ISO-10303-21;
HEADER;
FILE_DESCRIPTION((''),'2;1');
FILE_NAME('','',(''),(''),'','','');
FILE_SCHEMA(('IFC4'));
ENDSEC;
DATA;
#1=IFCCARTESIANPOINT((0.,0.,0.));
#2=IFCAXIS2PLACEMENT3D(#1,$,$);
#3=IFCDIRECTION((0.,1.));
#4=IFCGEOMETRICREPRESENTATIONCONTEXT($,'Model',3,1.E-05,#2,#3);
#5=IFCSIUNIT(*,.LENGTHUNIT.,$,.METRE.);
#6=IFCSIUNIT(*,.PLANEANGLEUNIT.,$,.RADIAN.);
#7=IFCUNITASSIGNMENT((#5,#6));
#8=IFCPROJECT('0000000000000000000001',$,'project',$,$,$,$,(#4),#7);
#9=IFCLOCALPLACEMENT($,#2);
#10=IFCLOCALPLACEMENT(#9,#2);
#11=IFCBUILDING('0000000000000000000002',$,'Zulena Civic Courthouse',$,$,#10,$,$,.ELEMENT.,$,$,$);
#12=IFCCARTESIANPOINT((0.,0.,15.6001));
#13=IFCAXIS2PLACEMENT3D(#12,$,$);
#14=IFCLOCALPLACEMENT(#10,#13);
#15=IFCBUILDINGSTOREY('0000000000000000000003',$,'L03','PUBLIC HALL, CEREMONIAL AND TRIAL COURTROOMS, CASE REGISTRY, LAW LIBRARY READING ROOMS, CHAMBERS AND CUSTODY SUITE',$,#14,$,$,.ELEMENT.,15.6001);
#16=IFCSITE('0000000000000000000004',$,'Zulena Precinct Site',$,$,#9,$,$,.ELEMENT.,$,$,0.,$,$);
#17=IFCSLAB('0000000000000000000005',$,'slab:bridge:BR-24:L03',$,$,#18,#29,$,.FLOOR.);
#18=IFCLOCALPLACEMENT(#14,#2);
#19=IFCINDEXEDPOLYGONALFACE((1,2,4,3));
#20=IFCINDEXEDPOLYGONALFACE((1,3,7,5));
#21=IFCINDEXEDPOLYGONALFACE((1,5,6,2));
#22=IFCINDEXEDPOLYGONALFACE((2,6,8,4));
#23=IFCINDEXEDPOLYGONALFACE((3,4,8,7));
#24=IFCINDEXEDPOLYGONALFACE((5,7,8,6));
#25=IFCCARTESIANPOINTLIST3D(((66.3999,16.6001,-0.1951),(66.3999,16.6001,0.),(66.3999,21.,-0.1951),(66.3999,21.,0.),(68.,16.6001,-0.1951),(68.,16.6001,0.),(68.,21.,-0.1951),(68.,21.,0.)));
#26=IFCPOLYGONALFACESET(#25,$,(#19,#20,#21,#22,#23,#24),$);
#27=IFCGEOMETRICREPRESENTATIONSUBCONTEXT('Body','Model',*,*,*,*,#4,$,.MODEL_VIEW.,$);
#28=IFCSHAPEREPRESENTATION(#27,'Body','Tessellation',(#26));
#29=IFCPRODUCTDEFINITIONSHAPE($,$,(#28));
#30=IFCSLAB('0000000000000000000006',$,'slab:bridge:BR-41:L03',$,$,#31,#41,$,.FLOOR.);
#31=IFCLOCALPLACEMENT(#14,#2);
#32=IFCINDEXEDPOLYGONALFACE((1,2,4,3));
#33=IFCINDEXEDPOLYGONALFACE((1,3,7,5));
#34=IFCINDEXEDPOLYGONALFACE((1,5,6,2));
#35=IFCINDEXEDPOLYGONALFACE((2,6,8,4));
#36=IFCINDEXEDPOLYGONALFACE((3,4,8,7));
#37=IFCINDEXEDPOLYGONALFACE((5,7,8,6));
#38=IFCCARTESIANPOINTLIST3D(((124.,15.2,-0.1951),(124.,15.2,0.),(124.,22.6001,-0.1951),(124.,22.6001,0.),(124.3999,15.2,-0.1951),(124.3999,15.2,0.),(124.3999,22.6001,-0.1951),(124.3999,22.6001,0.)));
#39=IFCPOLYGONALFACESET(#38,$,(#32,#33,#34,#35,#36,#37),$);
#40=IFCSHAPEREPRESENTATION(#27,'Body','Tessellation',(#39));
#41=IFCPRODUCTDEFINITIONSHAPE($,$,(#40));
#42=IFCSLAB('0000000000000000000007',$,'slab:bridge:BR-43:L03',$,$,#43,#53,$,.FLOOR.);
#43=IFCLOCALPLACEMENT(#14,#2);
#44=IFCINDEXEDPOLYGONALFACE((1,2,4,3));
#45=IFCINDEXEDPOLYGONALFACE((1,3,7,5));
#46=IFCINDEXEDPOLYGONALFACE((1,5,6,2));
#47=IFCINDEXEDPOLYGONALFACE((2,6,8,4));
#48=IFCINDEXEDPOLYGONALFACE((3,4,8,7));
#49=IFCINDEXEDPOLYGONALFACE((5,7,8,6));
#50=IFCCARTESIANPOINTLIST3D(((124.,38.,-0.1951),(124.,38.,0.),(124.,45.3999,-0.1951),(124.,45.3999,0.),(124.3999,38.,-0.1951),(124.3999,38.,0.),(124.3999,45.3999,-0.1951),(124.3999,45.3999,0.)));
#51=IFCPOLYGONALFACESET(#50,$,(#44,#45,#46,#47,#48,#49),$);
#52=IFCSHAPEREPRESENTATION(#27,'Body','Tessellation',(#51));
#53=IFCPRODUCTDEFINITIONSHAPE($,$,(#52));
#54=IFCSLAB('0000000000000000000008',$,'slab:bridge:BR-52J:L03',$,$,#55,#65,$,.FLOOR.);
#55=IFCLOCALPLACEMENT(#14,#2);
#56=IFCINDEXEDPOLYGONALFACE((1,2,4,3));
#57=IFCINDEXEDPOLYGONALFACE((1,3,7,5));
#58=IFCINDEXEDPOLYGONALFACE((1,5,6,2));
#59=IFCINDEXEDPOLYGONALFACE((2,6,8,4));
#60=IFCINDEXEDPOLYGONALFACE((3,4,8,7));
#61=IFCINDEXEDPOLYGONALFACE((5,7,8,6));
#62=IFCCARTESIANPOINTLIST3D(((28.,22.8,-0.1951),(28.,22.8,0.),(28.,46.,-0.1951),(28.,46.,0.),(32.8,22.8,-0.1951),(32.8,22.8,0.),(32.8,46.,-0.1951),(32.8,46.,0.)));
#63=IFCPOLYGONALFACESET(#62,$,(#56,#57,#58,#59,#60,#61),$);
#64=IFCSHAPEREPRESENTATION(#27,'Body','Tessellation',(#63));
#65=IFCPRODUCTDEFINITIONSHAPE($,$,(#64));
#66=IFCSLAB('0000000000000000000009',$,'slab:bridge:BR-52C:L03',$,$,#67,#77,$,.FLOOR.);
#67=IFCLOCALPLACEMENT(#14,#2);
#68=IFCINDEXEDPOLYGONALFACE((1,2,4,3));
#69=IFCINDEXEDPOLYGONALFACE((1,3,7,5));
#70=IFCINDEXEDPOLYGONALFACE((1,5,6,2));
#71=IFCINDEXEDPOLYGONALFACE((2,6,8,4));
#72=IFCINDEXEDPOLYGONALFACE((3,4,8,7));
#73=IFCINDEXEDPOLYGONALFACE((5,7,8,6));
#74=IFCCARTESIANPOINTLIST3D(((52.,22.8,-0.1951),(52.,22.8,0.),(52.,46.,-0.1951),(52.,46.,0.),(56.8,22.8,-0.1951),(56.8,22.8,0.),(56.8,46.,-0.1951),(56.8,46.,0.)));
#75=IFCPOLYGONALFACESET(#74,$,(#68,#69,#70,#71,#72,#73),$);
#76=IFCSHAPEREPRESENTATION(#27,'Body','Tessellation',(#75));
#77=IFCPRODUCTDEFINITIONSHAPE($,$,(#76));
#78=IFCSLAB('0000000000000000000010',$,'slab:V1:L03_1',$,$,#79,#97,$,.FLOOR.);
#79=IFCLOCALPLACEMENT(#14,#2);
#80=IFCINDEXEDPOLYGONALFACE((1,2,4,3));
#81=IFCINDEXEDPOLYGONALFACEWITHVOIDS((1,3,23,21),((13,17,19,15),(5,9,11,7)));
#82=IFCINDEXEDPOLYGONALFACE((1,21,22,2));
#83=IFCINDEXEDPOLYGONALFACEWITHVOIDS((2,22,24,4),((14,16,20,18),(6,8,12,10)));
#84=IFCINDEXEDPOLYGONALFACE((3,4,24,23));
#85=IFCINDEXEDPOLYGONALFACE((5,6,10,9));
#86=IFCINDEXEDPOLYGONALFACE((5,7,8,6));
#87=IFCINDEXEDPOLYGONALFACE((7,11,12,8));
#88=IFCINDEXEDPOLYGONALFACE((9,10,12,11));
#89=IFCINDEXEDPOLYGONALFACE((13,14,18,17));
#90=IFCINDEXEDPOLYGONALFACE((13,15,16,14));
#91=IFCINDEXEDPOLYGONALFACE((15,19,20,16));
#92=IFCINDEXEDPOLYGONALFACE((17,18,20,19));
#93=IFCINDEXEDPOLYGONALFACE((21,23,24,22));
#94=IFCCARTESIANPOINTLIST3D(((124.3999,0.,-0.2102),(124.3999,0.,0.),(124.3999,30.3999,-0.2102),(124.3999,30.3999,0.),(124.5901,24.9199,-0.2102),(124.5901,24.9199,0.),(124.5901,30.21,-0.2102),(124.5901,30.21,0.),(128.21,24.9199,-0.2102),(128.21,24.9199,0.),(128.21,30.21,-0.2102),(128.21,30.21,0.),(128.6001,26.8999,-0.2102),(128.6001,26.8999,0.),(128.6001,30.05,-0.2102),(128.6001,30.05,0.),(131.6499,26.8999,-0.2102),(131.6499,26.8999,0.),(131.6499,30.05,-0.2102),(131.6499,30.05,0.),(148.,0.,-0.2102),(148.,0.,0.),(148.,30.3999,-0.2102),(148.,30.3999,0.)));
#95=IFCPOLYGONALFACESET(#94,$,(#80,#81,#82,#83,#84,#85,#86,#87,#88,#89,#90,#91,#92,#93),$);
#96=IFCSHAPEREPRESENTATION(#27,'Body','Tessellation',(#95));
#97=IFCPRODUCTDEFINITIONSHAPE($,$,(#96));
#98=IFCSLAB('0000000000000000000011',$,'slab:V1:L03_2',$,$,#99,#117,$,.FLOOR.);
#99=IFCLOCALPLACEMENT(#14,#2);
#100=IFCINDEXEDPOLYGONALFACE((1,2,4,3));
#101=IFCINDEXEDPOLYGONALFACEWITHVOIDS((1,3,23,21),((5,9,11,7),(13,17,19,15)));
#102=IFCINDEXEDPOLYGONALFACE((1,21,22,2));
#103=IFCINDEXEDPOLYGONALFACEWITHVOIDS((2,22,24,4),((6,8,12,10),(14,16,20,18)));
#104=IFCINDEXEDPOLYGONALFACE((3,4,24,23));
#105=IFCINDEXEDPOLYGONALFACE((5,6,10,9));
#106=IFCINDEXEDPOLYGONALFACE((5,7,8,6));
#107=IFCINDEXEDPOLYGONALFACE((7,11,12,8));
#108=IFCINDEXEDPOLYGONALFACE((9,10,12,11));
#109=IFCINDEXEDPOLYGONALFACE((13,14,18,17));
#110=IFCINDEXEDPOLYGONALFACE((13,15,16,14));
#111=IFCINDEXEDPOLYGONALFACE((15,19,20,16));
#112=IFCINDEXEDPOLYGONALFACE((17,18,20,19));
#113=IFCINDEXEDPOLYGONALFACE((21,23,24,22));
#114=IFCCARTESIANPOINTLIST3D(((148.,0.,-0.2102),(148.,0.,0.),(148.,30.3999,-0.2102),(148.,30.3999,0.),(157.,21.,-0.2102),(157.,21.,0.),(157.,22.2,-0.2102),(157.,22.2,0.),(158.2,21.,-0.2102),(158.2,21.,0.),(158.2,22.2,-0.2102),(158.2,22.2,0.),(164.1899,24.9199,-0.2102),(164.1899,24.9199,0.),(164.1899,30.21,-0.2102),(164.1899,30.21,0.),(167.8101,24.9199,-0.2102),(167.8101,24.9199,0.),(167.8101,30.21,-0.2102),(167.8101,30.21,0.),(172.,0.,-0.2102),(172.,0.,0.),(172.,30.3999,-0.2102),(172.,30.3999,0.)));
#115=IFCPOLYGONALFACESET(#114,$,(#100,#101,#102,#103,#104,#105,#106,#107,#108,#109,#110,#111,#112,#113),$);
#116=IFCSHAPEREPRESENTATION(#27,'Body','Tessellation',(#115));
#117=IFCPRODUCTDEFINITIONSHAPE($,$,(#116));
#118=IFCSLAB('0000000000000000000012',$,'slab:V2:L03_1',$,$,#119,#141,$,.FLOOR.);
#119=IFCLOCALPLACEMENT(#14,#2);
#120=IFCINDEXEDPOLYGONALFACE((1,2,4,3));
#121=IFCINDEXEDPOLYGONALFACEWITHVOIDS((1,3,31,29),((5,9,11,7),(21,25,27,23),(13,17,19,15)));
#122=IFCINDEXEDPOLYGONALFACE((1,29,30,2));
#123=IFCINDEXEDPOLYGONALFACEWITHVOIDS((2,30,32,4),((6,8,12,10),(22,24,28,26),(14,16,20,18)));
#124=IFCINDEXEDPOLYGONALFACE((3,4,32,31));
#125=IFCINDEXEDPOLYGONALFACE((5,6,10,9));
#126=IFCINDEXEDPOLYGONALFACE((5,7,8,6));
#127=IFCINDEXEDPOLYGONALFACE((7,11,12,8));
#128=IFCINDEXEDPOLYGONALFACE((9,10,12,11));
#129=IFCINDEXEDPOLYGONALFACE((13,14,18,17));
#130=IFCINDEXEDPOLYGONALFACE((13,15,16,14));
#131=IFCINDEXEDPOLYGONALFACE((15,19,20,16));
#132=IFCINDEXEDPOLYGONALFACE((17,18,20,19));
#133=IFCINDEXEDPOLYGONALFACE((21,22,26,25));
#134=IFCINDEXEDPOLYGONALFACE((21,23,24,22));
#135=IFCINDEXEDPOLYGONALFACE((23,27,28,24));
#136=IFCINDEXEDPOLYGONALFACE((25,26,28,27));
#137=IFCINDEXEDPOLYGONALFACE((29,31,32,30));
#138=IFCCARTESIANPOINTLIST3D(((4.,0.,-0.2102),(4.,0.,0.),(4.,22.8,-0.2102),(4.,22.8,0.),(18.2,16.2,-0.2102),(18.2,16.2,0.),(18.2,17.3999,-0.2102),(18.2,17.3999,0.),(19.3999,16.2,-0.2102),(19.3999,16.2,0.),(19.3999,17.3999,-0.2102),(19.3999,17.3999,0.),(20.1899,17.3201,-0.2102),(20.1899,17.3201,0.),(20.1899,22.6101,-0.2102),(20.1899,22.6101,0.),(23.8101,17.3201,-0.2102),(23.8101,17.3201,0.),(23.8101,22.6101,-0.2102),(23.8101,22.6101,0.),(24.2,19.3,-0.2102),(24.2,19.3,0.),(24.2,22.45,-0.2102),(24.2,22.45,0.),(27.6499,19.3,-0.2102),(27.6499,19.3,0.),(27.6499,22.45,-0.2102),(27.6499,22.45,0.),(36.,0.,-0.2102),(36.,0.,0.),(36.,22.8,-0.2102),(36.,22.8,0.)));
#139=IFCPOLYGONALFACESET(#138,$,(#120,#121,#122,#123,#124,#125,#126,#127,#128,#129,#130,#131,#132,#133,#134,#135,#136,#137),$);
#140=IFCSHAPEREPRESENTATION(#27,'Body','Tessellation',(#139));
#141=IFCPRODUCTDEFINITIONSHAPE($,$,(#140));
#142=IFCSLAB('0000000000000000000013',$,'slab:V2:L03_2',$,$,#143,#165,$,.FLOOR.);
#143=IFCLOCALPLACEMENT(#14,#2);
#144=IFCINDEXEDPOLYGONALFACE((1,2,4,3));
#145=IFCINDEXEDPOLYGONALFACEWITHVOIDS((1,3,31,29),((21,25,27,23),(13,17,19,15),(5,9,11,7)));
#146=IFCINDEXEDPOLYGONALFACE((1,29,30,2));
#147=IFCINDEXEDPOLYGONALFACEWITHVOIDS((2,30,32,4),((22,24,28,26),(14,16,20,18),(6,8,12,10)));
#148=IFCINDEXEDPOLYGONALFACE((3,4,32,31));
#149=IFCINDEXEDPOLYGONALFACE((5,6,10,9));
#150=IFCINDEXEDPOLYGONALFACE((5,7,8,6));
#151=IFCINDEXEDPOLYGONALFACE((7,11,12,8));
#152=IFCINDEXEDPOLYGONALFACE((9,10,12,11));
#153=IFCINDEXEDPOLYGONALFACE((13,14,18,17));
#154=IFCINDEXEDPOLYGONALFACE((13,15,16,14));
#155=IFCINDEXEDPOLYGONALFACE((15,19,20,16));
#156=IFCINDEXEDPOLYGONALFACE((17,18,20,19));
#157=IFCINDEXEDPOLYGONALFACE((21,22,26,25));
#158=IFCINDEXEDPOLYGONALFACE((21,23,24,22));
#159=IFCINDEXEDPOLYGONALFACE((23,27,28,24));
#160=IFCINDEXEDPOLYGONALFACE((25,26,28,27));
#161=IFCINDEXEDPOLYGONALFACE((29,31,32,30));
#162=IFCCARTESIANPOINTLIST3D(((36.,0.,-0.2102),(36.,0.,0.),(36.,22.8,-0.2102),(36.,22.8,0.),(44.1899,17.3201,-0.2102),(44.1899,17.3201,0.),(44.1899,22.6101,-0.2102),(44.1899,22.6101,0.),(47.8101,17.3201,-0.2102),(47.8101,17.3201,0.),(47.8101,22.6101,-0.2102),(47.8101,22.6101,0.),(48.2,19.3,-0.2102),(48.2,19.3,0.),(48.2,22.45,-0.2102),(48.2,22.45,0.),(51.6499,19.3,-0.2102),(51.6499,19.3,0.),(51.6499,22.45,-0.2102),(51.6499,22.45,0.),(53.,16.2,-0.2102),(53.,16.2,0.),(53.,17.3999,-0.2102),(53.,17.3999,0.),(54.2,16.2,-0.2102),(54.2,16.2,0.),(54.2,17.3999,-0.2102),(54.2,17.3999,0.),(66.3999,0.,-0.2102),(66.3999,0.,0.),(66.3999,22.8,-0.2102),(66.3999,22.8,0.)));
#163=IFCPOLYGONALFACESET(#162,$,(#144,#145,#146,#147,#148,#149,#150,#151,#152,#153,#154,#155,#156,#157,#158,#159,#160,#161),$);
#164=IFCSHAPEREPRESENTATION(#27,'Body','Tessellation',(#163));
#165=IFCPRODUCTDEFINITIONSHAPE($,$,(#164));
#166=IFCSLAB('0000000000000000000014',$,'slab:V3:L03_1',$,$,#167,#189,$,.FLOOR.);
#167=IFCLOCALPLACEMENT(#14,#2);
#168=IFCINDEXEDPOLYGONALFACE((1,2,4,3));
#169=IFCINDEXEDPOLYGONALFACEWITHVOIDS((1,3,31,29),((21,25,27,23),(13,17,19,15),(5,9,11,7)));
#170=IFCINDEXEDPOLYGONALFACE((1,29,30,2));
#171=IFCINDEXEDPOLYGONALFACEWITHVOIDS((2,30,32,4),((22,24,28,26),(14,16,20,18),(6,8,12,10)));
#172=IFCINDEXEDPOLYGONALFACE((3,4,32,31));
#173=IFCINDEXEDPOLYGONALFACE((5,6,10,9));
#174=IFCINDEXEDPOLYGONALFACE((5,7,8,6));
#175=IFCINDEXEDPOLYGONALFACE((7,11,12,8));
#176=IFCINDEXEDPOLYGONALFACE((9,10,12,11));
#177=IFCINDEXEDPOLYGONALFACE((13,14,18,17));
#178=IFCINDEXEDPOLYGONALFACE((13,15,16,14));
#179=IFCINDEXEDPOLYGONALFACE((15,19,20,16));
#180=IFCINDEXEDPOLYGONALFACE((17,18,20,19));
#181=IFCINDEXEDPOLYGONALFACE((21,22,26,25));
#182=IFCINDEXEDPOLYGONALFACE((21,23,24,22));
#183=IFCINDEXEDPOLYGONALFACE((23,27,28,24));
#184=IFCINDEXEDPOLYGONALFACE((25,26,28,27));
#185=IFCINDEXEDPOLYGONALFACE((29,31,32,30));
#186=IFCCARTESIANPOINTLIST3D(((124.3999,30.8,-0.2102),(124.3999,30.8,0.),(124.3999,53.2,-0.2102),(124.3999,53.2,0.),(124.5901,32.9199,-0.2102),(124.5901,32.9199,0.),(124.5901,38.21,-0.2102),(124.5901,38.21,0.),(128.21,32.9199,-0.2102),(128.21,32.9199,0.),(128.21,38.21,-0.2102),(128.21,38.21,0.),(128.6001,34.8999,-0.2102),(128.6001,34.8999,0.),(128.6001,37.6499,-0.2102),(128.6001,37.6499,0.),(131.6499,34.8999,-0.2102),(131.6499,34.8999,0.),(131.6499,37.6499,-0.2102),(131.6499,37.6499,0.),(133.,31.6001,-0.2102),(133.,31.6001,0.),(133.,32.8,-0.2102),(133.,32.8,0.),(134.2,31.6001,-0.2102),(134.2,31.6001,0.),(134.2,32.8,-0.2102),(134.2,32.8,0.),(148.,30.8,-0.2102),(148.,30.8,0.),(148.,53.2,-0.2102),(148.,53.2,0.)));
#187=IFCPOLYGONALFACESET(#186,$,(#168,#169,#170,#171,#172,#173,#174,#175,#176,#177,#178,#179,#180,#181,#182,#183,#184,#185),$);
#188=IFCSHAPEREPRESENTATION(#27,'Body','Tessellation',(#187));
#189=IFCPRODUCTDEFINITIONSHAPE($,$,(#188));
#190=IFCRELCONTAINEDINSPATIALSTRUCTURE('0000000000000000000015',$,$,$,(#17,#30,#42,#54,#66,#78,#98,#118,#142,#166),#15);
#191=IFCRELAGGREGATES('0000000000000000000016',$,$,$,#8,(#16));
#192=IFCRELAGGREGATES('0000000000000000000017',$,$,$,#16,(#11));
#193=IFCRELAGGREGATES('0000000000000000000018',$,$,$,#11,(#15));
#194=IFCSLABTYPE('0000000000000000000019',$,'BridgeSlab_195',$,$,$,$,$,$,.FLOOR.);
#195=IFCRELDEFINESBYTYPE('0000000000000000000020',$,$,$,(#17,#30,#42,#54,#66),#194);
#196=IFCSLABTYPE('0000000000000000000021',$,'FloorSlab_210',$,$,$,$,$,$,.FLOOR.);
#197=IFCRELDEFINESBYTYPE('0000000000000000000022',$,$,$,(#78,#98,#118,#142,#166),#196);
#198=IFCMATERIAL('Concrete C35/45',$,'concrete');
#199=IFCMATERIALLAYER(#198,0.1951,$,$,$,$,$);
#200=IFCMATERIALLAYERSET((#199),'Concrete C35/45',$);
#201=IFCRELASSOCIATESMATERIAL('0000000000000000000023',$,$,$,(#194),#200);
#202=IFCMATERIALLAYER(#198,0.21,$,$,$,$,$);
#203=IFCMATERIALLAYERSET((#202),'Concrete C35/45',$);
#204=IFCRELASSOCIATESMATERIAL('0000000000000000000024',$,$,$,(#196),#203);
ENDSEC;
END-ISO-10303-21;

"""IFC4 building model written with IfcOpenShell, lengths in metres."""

from ifc_helpers import new_model, si_unit, direction, frame, origin, place, context, subcontext, project, spatial, polyline, outline, extrude, material, layer, layer_set, type_object, element, save


model = new_model("IFC4")

# Units and contexts
model_context = context("Model", 3, precision=1e-05, world=origin(), true_north=direction((0.0, 1.0)))
body_context = subcontext(model_context, "Body", "Model", "MODEL_VIEW")
ifc_project = project(units=[si_unit("LENGTHUNIT", "METRE"), si_unit("PLANEANGLEUNIT", "RADIAN")], contexts=[model_context])

# Site, building, storey
site_placement = place(None, origin())
site = spatial("IfcSite", under=ifc_project, at=site_placement, Name="Zulena Precinct Site", CompositionType="ELEMENT", RefElevation=0.0)
building_placement = place(site_placement, origin())
building = spatial("IfcBuilding", under=site, at=building_placement, Name="Zulena Civic Courthouse", CompositionType="ELEMENT")
storey_placement = place(building_placement, frame((0.0, 0.0, 15.6001)))
storey = spatial("IfcBuildingStorey", under=building, at=storey_placement, Name="L03", Description="PUBLIC HALL, CEREMONIAL AND TRIAL COURTROOMS, CASE REGISTRY, LAW LIBRARY READING ROOMS, CHAMBERS AND CUSTODY SUITE", CompositionType="ELEMENT", Elevation=15.6001)

# Slabs
ifc_material_1 = material(Name="Concrete C35/45", Category="concrete")
ifc_layer_1 = layer(ifc_material_1, 0.1951)
ifc_layer_set_1 = layer_set([ifc_layer_1], Name="Concrete C35/45")
slab_type_1 = type_object("IfcSlabType", Name="BridgeSlab_195", PredefinedType="FLOOR", material=ifc_layer_set_1)
slab_1_placement = place(storey_placement, frame((0.0, 0.0, -0.1951)))
element("IfcSlab", 1, at=slab_1_placement, inside=storey, type_object=slab_type_1, Name="slab:bridge:BR-24:L03", PredefinedType="FLOOR", context=body_context, shape_type="SweptSolid", body=[
    extrude(outline(polyline([(66.3999, 16.6001), (68.0, 16.6001), (68.0, 21.0), (66.3999, 21.0), (66.3999, 16.6001)])), origin(), (0.0, 0.0, 1.0), 0.1951),
])
slab_2_placement = place(storey_placement, frame((0.0, 0.0, -0.1951)))
element("IfcSlab", 2, at=slab_2_placement, inside=storey, type_object=slab_type_1, Name="slab:bridge:BR-41:L03", PredefinedType="FLOOR", context=body_context, shape_type="SweptSolid", body=[
    extrude(outline(polyline([(124.0, 15.2), (124.3999, 15.2), (124.3999, 22.6001), (124.0, 22.6001), (124.0, 15.2)])), origin(), (0.0, 0.0, 1.0), 0.1951),
])
slab_3_placement = place(storey_placement, frame((0.0, 0.0, -0.1951)))
element("IfcSlab", 3, at=slab_3_placement, inside=storey, type_object=slab_type_1, Name="slab:bridge:BR-43:L03", PredefinedType="FLOOR", context=body_context, shape_type="SweptSolid", body=[
    extrude(outline(polyline([(124.0, 38.0), (124.3999, 38.0), (124.3999, 45.3999), (124.0, 45.3999), (124.0, 38.0)])), origin(), (0.0, 0.0, 1.0), 0.1951),
])
slab_4_placement = place(storey_placement, frame((0.0, 0.0, -0.1951)))
element("IfcSlab", 4, at=slab_4_placement, inside=storey, type_object=slab_type_1, Name="slab:bridge:BR-52J:L03", PredefinedType="FLOOR", context=body_context, shape_type="SweptSolid", body=[
    extrude(outline(polyline([(28.0, 22.8), (32.8, 22.8), (32.8, 46.0), (28.0, 46.0), (28.0, 22.8)])), origin(), (0.0, 0.0, 1.0), 0.1951),
])
slab_5_placement = place(storey_placement, frame((0.0, 0.0, -0.1951)))
element("IfcSlab", 5, at=slab_5_placement, inside=storey, type_object=slab_type_1, Name="slab:bridge:BR-52C:L03", PredefinedType="FLOOR", context=body_context, shape_type="SweptSolid", body=[
    extrude(outline(polyline([(52.0, 22.8), (56.8, 22.8), (56.8, 46.0), (52.0, 46.0), (52.0, 22.8)])), origin(), (0.0, 0.0, 1.0), 0.1951),
])
ifc_layer_2 = layer(ifc_material_1, 0.21)
ifc_layer_set_2 = layer_set([ifc_layer_2], Name="Concrete C35/45")
slab_type_2 = type_object("IfcSlabType", Name="FloorSlab_210", PredefinedType="FLOOR", material=ifc_layer_set_2)
slab_6_placement = place(storey_placement, frame((0.0, 0.0, -0.2102)))
element("IfcSlab", 6, at=slab_6_placement, inside=storey, type_object=slab_type_2, Name="slab:V1:L03_1", PredefinedType="FLOOR", context=body_context, shape_type="SweptSolid", body=[
    extrude(outline(polyline([(124.3999, 30.3999), (148.0, 30.3999), (148.0, 0.0), (124.3999, 0.0), (124.3999, 30.3999)]), holes=[polyline([(128.21, 24.9199), (128.21, 30.21), (124.5901, 30.21), (124.5901, 24.9199), (128.21, 24.9199)]), polyline([(128.6001, 26.8999), (131.6499, 26.8999), (131.6499, 30.05), (128.6001, 30.05), (128.6001, 26.8999)])]), origin(), (0.0, 0.0, 1.0), 0.2102),
])
slab_7_placement = place(storey_placement, frame((0.0, 0.0, -0.2102)))
element("IfcSlab", 7, at=slab_7_placement, inside=storey, type_object=slab_type_2, Name="slab:V1:L03_2", PredefinedType="FLOOR", context=body_context, shape_type="SweptSolid", body=[
    extrude(outline(polyline([(172.0, 30.3999), (172.0, 0.0), (148.0, 0.0), (148.0, 30.3999), (172.0, 30.3999)]), holes=[polyline([(164.1899, 30.21), (164.1899, 24.9199), (167.8101, 24.9199), (167.8101, 30.21), (164.1899, 30.21)]), polyline([(158.2, 22.2), (157.0, 22.2), (157.0, 21.0), (158.2, 21.0), (158.2, 22.2)])]), origin(), (0.0, 0.0, 1.0), 0.2102),
])
slab_8_placement = place(storey_placement, frame((0.0, 0.0, -0.2102)))
element("IfcSlab", 8, at=slab_8_placement, inside=storey, type_object=slab_type_2, Name="slab:V2:L03_1", PredefinedType="FLOOR", context=body_context, shape_type="SweptSolid", body=[
    extrude(outline(polyline([(4.0, 0.0), (4.0, 22.8), (36.0, 22.8), (36.0, 0.0), (4.0, 0.0)]), holes=[polyline([(20.1899, 22.6101), (20.1899, 17.3201), (23.8101, 17.3201), (23.8101, 22.6101), (20.1899, 22.6101)]), polyline([(27.6499, 22.45), (24.2, 22.45), (24.2, 19.3), (27.6499, 19.3), (27.6499, 22.45)]), polyline([(18.2, 17.3999), (18.2, 16.2), (19.3999, 16.2), (19.3999, 17.3999), (18.2, 17.3999)])]), origin(), (0.0, 0.0, 1.0), 0.2102),
])
slab_9_placement = place(storey_placement, frame((0.0, 0.0, -0.2102)))
element("IfcSlab", 9, at=slab_9_placement, inside=storey, type_object=slab_type_2, Name="slab:V2:L03_2", PredefinedType="FLOOR", context=body_context, shape_type="SweptSolid", body=[
    extrude(outline(polyline([(66.3999, 0.0), (36.0, 0.0), (36.0, 22.8), (66.3999, 22.8), (66.3999, 0.0)]), holes=[polyline([(47.8101, 17.3201), (47.8101, 22.6101), (44.1899, 22.6101), (44.1899, 17.3201), (47.8101, 17.3201)]), polyline([(48.2, 19.3), (51.6499, 19.3), (51.6499, 22.45), (48.2, 22.45), (48.2, 19.3)]), polyline([(54.2, 17.3999), (53.0, 17.3999), (53.0, 16.2), (54.2, 16.2), (54.2, 17.3999)])]), origin(), (0.0, 0.0, 1.0), 0.2102),
])
slab_10_placement = place(storey_placement, frame((0.0, 0.0, -0.2102)))
element("IfcSlab", 10, at=slab_10_placement, inside=storey, type_object=slab_type_2, Name="slab:V3:L03_1", PredefinedType="FLOOR", context=body_context, shape_type="SweptSolid", body=[
    extrude(outline(polyline([(124.3999, 30.8), (124.3999, 53.2), (148.0, 53.2), (148.0, 30.8), (124.3999, 30.8)]), holes=[polyline([(124.5901, 38.21), (124.5901, 32.9199), (128.21, 32.9199), (128.21, 38.21), (124.5901, 38.21)]), polyline([(131.6499, 37.6499), (128.6001, 37.6499), (128.6001, 34.8999), (131.6499, 34.8999), (131.6499, 37.6499)]), polyline([(133.0, 32.8), (133.0, 31.6001), (134.2, 31.6001), (134.2, 32.8), (133.0, 32.8)])]), origin(), (0.0, 0.0, 1.0), 0.2102),
])

save(model, "model.ifc")
